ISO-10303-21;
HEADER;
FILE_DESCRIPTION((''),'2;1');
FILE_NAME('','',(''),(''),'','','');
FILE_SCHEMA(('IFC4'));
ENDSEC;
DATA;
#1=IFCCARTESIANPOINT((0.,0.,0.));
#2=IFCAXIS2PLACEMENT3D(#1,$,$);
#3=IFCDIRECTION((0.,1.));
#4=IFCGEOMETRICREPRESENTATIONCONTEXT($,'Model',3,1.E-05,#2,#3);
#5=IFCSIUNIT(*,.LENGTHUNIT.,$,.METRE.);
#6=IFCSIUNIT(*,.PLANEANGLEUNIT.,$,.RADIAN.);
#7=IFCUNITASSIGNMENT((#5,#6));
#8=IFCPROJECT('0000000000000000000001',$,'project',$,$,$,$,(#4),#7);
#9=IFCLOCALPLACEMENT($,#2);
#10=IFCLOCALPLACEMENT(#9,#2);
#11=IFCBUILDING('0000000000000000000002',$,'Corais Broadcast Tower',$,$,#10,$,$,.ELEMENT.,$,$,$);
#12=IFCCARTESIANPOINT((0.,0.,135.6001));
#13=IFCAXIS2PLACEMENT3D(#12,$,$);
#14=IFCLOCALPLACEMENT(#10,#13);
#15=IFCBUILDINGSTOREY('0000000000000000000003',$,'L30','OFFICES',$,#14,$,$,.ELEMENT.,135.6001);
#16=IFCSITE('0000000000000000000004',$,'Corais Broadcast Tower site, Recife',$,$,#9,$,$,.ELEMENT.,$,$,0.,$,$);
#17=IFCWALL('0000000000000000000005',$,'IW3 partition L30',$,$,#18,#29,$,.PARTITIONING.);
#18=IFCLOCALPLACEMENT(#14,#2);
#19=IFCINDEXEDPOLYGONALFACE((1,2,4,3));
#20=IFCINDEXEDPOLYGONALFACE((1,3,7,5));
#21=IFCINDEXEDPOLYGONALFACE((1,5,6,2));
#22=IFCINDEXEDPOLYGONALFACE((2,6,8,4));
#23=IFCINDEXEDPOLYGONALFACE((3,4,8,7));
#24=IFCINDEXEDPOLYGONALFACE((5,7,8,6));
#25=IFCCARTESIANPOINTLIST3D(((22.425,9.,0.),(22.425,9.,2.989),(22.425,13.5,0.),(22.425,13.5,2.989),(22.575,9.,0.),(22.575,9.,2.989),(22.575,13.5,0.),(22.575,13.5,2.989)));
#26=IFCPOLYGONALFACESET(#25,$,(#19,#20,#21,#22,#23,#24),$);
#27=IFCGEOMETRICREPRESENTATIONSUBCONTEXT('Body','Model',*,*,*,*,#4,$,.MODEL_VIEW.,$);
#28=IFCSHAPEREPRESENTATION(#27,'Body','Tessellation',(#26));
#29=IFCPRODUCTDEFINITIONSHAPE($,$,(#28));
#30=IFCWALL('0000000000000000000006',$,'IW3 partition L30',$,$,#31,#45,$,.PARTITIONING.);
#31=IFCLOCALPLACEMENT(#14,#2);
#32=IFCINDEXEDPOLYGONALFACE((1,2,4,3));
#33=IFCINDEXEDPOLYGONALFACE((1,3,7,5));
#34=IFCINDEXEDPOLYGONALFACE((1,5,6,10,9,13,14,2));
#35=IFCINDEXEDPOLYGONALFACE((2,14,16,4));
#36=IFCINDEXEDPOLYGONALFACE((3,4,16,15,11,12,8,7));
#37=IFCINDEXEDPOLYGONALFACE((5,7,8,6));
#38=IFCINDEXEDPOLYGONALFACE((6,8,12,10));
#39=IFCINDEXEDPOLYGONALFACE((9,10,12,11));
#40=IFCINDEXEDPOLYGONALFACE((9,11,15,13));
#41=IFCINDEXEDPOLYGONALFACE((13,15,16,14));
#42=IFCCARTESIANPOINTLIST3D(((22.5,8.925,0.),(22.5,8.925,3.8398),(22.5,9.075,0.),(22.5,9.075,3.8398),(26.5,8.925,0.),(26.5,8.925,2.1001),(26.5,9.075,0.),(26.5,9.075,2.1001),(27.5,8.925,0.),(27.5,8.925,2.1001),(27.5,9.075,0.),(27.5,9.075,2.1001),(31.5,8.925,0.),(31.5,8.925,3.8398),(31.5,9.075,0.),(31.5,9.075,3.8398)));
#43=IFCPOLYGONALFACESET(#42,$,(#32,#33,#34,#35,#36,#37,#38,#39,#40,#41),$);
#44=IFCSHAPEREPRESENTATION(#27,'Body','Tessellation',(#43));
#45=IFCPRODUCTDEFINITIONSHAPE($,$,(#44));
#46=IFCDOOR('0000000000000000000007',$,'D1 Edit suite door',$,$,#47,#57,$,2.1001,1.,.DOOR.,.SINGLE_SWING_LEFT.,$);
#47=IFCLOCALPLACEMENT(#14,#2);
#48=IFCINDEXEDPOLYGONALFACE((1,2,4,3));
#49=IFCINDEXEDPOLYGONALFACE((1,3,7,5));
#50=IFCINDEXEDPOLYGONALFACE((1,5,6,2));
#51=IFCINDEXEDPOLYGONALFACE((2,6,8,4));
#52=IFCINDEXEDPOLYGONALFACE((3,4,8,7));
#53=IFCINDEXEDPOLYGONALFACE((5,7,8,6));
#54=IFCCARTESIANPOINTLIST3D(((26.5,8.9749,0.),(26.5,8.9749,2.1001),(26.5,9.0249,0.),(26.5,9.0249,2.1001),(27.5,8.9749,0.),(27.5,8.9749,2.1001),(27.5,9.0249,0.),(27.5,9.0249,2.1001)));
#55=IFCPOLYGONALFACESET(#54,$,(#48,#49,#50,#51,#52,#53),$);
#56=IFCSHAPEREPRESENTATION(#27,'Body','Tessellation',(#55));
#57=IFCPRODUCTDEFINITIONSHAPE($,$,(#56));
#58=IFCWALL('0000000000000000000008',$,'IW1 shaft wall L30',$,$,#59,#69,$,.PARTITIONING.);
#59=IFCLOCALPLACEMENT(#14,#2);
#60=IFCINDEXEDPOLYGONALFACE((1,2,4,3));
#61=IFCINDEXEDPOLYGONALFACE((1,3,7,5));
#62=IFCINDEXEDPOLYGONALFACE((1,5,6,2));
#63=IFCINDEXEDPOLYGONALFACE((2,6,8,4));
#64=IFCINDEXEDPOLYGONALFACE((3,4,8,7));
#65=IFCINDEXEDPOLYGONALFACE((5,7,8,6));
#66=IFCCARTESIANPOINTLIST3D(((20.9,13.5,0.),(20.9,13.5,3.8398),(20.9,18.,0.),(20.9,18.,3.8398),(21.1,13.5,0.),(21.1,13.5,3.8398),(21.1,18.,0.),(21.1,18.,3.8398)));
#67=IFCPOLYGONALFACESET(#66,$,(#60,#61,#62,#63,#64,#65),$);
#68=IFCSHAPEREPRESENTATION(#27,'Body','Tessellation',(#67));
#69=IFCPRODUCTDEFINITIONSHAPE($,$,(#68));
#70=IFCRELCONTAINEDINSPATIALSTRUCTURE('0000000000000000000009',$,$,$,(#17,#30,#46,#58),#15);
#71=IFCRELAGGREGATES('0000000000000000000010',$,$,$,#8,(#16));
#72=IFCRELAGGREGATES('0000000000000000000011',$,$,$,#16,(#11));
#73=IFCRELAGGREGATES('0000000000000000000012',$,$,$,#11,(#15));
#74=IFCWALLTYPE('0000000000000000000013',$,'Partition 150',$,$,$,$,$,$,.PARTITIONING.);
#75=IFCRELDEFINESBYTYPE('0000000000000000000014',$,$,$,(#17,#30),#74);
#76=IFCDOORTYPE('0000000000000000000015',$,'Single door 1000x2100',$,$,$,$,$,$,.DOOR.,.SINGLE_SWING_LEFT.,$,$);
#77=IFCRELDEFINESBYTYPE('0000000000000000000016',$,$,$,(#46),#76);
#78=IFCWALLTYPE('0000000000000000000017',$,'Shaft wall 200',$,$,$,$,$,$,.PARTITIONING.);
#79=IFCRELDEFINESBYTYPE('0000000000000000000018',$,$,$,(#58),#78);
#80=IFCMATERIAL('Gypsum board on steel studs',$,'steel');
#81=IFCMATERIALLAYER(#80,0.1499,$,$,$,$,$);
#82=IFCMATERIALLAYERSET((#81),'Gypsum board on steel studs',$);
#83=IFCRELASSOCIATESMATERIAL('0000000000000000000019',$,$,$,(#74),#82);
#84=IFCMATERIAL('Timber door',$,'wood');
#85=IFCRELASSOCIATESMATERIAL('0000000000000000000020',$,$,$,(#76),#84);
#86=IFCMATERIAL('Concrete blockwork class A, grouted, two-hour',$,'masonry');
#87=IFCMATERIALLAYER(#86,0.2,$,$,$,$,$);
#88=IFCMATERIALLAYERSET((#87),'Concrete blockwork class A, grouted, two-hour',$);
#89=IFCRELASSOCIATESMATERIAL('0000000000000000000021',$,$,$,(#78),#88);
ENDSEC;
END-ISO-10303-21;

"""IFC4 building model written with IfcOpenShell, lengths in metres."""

from ifc_helpers import new_model, si_unit, direction, frame, frame_2d, origin, place, context, subcontext, project, spatial, rectangle, extrude, material, layer, layer_set, type_object, element, fill, save


model = new_model("IFC4")

# Units and contexts
model_context = context("Model", 3, precision=1e-05, world=origin(), true_north=direction((0.0, 1.0)))
body_context = subcontext(model_context, "Body", "Model", "MODEL_VIEW")
ifc_project = project(units=[si_unit("LENGTHUNIT", "METRE"), si_unit("PLANEANGLEUNIT", "RADIAN")], contexts=[model_context])

# Site, building, storey
site_placement = place(None, origin())
site = spatial("IfcSite", under=ifc_project, at=site_placement, Name="Corais Broadcast Tower site, Recife", CompositionType="ELEMENT", RefElevation=0.0)
building_placement = place(site_placement, origin())
building = spatial("IfcBuilding", under=site, at=building_placement, Name="Corais Broadcast Tower", CompositionType="ELEMENT")
storey_placement = place(building_placement, frame((0.0, 0.0, 135.6001)))
storey = spatial("IfcBuildingStorey", under=building, at=storey_placement, Name="L30", Description="OFFICES", CompositionType="ELEMENT", Elevation=135.6001)

# Wall
ifc_material_1 = material(Name="Gypsum board on steel studs", Category="steel")
ifc_layer_1 = layer(ifc_material_1, 0.1499)
ifc_layer_set_1 = layer_set([ifc_layer_1], Name="Gypsum board on steel studs")
wall_type_1 = type_object("IfcWallType", Name="Partition 150", PredefinedType="PARTITIONING", material=ifc_layer_set_1)
wall_1_placement = place(storey_placement, frame((22.5, 9.0, 0.0), z_axis=(0.0, 0.0, 1.0), x_axis=(0.0, 1.0, 0.0)))
element("IfcWall", 1, at=wall_1_placement, inside=storey, type_object=wall_type_1, Name="IW3 partition L30", PredefinedType="PARTITIONING", context=body_context, shape_type="SweptSolid", body=[
    extrude(rectangle(XDim=4.5, YDim=0.1499, at=frame_2d((2.25, 0.0))), origin(), (0.0, 0.0, 1.0), 2.989),
])

# Wall, opening, door
wall_2_placement = place(storey_placement, frame((22.5, 9.0, 0.0), z_axis=(0.0, 0.0, 1.0), x_axis=(1.0, 0.0, 0.0)))
wall_2 = element("IfcWall", 2, at=wall_2_placement, inside=storey, type_object=wall_type_1, Name="IW3 partition L30", PredefinedType="PARTITIONING", context=body_context, shape_type="SweptSolid", body=[
    extrude(rectangle(XDim=9.0, YDim=0.1499, at=frame_2d((4.5, 0.0))), origin(), (0.0, 0.0, 1.0), 3.8398),
])
opening_1_placement = place(wall_2_placement, frame((4.0, 0.0, 0.0)))
opening_1 = element("IfcOpeningElement", 3, at=opening_1_placement, cuts=wall_2, PredefinedType="OPENING", context=body_context, shape_type="SweptSolid", body=[
    extrude(rectangle(XDim=1.0, YDim=2.1001, at=frame_2d((0.5, 1.05))), frame((0.0, 0.085, 0.0), z_axis=(0.0, -1.0, 0.0), x_axis=(1.0, 0.0, 0.0)), (0.0, 0.0, 1.0), 0.1699),
])
ifc_material_2 = material(Name="Timber door", Category="wood")
door_type_1 = type_object("IfcDoorType", Name="Single door 1000x2100", OperationType="SINGLE_SWING_LEFT", PredefinedType="DOOR", material=ifc_material_2)
door_1_placement = place(opening_1_placement, origin())
door_1 = element("IfcDoor", 4, at=door_1_placement, inside=storey, type_object=door_type_1, Name="D1 Edit suite door", OperationType="SINGLE_SWING_LEFT", OverallHeight=2.1001, OverallWidth=1.0, PredefinedType="DOOR", context=body_context, shape_type="SweptSolid", body=[
    extrude(rectangle(XDim=1.0, YDim=2.1001, at=frame_2d((0.5, 1.05))), frame((0.0, 0.0249, 0.0), z_axis=(0.0, -1.0, 0.0), x_axis=(1.0, 0.0, 0.0)), (0.0, 0.0, 1.0), 0.05),
])
fill(opening_1, door_1)

# Wall
ifc_material_3 = material(Name="Concrete blockwork class A, grouted, two-hour", Category="masonry")
ifc_layer_2 = layer(ifc_material_3, 0.2)
ifc_layer_set_2 = layer_set([ifc_layer_2], Name="Concrete blockwork class A, grouted, two-hour")
wall_type_2 = type_object("IfcWallType", Name="Shaft wall 200", PredefinedType="PARTITIONING", material=ifc_layer_set_2)
wall_3_placement = place(storey_placement, frame((21.0, 13.5, 0.0), z_axis=(0.0, 0.0, 1.0), x_axis=(0.0, 1.0, 0.0)))
element("IfcWall", 5, at=wall_3_placement, inside=storey, type_object=wall_type_2, Name="IW1 shaft wall L30", PredefinedType="PARTITIONING", context=body_context, shape_type="SweptSolid", body=[
    extrude(rectangle(XDim=4.5, YDim=0.2, at=frame_2d((2.25, 0.0))), origin(), (0.0, 0.0, 1.0), 3.8398),
])

save(model, "model.ifc")
